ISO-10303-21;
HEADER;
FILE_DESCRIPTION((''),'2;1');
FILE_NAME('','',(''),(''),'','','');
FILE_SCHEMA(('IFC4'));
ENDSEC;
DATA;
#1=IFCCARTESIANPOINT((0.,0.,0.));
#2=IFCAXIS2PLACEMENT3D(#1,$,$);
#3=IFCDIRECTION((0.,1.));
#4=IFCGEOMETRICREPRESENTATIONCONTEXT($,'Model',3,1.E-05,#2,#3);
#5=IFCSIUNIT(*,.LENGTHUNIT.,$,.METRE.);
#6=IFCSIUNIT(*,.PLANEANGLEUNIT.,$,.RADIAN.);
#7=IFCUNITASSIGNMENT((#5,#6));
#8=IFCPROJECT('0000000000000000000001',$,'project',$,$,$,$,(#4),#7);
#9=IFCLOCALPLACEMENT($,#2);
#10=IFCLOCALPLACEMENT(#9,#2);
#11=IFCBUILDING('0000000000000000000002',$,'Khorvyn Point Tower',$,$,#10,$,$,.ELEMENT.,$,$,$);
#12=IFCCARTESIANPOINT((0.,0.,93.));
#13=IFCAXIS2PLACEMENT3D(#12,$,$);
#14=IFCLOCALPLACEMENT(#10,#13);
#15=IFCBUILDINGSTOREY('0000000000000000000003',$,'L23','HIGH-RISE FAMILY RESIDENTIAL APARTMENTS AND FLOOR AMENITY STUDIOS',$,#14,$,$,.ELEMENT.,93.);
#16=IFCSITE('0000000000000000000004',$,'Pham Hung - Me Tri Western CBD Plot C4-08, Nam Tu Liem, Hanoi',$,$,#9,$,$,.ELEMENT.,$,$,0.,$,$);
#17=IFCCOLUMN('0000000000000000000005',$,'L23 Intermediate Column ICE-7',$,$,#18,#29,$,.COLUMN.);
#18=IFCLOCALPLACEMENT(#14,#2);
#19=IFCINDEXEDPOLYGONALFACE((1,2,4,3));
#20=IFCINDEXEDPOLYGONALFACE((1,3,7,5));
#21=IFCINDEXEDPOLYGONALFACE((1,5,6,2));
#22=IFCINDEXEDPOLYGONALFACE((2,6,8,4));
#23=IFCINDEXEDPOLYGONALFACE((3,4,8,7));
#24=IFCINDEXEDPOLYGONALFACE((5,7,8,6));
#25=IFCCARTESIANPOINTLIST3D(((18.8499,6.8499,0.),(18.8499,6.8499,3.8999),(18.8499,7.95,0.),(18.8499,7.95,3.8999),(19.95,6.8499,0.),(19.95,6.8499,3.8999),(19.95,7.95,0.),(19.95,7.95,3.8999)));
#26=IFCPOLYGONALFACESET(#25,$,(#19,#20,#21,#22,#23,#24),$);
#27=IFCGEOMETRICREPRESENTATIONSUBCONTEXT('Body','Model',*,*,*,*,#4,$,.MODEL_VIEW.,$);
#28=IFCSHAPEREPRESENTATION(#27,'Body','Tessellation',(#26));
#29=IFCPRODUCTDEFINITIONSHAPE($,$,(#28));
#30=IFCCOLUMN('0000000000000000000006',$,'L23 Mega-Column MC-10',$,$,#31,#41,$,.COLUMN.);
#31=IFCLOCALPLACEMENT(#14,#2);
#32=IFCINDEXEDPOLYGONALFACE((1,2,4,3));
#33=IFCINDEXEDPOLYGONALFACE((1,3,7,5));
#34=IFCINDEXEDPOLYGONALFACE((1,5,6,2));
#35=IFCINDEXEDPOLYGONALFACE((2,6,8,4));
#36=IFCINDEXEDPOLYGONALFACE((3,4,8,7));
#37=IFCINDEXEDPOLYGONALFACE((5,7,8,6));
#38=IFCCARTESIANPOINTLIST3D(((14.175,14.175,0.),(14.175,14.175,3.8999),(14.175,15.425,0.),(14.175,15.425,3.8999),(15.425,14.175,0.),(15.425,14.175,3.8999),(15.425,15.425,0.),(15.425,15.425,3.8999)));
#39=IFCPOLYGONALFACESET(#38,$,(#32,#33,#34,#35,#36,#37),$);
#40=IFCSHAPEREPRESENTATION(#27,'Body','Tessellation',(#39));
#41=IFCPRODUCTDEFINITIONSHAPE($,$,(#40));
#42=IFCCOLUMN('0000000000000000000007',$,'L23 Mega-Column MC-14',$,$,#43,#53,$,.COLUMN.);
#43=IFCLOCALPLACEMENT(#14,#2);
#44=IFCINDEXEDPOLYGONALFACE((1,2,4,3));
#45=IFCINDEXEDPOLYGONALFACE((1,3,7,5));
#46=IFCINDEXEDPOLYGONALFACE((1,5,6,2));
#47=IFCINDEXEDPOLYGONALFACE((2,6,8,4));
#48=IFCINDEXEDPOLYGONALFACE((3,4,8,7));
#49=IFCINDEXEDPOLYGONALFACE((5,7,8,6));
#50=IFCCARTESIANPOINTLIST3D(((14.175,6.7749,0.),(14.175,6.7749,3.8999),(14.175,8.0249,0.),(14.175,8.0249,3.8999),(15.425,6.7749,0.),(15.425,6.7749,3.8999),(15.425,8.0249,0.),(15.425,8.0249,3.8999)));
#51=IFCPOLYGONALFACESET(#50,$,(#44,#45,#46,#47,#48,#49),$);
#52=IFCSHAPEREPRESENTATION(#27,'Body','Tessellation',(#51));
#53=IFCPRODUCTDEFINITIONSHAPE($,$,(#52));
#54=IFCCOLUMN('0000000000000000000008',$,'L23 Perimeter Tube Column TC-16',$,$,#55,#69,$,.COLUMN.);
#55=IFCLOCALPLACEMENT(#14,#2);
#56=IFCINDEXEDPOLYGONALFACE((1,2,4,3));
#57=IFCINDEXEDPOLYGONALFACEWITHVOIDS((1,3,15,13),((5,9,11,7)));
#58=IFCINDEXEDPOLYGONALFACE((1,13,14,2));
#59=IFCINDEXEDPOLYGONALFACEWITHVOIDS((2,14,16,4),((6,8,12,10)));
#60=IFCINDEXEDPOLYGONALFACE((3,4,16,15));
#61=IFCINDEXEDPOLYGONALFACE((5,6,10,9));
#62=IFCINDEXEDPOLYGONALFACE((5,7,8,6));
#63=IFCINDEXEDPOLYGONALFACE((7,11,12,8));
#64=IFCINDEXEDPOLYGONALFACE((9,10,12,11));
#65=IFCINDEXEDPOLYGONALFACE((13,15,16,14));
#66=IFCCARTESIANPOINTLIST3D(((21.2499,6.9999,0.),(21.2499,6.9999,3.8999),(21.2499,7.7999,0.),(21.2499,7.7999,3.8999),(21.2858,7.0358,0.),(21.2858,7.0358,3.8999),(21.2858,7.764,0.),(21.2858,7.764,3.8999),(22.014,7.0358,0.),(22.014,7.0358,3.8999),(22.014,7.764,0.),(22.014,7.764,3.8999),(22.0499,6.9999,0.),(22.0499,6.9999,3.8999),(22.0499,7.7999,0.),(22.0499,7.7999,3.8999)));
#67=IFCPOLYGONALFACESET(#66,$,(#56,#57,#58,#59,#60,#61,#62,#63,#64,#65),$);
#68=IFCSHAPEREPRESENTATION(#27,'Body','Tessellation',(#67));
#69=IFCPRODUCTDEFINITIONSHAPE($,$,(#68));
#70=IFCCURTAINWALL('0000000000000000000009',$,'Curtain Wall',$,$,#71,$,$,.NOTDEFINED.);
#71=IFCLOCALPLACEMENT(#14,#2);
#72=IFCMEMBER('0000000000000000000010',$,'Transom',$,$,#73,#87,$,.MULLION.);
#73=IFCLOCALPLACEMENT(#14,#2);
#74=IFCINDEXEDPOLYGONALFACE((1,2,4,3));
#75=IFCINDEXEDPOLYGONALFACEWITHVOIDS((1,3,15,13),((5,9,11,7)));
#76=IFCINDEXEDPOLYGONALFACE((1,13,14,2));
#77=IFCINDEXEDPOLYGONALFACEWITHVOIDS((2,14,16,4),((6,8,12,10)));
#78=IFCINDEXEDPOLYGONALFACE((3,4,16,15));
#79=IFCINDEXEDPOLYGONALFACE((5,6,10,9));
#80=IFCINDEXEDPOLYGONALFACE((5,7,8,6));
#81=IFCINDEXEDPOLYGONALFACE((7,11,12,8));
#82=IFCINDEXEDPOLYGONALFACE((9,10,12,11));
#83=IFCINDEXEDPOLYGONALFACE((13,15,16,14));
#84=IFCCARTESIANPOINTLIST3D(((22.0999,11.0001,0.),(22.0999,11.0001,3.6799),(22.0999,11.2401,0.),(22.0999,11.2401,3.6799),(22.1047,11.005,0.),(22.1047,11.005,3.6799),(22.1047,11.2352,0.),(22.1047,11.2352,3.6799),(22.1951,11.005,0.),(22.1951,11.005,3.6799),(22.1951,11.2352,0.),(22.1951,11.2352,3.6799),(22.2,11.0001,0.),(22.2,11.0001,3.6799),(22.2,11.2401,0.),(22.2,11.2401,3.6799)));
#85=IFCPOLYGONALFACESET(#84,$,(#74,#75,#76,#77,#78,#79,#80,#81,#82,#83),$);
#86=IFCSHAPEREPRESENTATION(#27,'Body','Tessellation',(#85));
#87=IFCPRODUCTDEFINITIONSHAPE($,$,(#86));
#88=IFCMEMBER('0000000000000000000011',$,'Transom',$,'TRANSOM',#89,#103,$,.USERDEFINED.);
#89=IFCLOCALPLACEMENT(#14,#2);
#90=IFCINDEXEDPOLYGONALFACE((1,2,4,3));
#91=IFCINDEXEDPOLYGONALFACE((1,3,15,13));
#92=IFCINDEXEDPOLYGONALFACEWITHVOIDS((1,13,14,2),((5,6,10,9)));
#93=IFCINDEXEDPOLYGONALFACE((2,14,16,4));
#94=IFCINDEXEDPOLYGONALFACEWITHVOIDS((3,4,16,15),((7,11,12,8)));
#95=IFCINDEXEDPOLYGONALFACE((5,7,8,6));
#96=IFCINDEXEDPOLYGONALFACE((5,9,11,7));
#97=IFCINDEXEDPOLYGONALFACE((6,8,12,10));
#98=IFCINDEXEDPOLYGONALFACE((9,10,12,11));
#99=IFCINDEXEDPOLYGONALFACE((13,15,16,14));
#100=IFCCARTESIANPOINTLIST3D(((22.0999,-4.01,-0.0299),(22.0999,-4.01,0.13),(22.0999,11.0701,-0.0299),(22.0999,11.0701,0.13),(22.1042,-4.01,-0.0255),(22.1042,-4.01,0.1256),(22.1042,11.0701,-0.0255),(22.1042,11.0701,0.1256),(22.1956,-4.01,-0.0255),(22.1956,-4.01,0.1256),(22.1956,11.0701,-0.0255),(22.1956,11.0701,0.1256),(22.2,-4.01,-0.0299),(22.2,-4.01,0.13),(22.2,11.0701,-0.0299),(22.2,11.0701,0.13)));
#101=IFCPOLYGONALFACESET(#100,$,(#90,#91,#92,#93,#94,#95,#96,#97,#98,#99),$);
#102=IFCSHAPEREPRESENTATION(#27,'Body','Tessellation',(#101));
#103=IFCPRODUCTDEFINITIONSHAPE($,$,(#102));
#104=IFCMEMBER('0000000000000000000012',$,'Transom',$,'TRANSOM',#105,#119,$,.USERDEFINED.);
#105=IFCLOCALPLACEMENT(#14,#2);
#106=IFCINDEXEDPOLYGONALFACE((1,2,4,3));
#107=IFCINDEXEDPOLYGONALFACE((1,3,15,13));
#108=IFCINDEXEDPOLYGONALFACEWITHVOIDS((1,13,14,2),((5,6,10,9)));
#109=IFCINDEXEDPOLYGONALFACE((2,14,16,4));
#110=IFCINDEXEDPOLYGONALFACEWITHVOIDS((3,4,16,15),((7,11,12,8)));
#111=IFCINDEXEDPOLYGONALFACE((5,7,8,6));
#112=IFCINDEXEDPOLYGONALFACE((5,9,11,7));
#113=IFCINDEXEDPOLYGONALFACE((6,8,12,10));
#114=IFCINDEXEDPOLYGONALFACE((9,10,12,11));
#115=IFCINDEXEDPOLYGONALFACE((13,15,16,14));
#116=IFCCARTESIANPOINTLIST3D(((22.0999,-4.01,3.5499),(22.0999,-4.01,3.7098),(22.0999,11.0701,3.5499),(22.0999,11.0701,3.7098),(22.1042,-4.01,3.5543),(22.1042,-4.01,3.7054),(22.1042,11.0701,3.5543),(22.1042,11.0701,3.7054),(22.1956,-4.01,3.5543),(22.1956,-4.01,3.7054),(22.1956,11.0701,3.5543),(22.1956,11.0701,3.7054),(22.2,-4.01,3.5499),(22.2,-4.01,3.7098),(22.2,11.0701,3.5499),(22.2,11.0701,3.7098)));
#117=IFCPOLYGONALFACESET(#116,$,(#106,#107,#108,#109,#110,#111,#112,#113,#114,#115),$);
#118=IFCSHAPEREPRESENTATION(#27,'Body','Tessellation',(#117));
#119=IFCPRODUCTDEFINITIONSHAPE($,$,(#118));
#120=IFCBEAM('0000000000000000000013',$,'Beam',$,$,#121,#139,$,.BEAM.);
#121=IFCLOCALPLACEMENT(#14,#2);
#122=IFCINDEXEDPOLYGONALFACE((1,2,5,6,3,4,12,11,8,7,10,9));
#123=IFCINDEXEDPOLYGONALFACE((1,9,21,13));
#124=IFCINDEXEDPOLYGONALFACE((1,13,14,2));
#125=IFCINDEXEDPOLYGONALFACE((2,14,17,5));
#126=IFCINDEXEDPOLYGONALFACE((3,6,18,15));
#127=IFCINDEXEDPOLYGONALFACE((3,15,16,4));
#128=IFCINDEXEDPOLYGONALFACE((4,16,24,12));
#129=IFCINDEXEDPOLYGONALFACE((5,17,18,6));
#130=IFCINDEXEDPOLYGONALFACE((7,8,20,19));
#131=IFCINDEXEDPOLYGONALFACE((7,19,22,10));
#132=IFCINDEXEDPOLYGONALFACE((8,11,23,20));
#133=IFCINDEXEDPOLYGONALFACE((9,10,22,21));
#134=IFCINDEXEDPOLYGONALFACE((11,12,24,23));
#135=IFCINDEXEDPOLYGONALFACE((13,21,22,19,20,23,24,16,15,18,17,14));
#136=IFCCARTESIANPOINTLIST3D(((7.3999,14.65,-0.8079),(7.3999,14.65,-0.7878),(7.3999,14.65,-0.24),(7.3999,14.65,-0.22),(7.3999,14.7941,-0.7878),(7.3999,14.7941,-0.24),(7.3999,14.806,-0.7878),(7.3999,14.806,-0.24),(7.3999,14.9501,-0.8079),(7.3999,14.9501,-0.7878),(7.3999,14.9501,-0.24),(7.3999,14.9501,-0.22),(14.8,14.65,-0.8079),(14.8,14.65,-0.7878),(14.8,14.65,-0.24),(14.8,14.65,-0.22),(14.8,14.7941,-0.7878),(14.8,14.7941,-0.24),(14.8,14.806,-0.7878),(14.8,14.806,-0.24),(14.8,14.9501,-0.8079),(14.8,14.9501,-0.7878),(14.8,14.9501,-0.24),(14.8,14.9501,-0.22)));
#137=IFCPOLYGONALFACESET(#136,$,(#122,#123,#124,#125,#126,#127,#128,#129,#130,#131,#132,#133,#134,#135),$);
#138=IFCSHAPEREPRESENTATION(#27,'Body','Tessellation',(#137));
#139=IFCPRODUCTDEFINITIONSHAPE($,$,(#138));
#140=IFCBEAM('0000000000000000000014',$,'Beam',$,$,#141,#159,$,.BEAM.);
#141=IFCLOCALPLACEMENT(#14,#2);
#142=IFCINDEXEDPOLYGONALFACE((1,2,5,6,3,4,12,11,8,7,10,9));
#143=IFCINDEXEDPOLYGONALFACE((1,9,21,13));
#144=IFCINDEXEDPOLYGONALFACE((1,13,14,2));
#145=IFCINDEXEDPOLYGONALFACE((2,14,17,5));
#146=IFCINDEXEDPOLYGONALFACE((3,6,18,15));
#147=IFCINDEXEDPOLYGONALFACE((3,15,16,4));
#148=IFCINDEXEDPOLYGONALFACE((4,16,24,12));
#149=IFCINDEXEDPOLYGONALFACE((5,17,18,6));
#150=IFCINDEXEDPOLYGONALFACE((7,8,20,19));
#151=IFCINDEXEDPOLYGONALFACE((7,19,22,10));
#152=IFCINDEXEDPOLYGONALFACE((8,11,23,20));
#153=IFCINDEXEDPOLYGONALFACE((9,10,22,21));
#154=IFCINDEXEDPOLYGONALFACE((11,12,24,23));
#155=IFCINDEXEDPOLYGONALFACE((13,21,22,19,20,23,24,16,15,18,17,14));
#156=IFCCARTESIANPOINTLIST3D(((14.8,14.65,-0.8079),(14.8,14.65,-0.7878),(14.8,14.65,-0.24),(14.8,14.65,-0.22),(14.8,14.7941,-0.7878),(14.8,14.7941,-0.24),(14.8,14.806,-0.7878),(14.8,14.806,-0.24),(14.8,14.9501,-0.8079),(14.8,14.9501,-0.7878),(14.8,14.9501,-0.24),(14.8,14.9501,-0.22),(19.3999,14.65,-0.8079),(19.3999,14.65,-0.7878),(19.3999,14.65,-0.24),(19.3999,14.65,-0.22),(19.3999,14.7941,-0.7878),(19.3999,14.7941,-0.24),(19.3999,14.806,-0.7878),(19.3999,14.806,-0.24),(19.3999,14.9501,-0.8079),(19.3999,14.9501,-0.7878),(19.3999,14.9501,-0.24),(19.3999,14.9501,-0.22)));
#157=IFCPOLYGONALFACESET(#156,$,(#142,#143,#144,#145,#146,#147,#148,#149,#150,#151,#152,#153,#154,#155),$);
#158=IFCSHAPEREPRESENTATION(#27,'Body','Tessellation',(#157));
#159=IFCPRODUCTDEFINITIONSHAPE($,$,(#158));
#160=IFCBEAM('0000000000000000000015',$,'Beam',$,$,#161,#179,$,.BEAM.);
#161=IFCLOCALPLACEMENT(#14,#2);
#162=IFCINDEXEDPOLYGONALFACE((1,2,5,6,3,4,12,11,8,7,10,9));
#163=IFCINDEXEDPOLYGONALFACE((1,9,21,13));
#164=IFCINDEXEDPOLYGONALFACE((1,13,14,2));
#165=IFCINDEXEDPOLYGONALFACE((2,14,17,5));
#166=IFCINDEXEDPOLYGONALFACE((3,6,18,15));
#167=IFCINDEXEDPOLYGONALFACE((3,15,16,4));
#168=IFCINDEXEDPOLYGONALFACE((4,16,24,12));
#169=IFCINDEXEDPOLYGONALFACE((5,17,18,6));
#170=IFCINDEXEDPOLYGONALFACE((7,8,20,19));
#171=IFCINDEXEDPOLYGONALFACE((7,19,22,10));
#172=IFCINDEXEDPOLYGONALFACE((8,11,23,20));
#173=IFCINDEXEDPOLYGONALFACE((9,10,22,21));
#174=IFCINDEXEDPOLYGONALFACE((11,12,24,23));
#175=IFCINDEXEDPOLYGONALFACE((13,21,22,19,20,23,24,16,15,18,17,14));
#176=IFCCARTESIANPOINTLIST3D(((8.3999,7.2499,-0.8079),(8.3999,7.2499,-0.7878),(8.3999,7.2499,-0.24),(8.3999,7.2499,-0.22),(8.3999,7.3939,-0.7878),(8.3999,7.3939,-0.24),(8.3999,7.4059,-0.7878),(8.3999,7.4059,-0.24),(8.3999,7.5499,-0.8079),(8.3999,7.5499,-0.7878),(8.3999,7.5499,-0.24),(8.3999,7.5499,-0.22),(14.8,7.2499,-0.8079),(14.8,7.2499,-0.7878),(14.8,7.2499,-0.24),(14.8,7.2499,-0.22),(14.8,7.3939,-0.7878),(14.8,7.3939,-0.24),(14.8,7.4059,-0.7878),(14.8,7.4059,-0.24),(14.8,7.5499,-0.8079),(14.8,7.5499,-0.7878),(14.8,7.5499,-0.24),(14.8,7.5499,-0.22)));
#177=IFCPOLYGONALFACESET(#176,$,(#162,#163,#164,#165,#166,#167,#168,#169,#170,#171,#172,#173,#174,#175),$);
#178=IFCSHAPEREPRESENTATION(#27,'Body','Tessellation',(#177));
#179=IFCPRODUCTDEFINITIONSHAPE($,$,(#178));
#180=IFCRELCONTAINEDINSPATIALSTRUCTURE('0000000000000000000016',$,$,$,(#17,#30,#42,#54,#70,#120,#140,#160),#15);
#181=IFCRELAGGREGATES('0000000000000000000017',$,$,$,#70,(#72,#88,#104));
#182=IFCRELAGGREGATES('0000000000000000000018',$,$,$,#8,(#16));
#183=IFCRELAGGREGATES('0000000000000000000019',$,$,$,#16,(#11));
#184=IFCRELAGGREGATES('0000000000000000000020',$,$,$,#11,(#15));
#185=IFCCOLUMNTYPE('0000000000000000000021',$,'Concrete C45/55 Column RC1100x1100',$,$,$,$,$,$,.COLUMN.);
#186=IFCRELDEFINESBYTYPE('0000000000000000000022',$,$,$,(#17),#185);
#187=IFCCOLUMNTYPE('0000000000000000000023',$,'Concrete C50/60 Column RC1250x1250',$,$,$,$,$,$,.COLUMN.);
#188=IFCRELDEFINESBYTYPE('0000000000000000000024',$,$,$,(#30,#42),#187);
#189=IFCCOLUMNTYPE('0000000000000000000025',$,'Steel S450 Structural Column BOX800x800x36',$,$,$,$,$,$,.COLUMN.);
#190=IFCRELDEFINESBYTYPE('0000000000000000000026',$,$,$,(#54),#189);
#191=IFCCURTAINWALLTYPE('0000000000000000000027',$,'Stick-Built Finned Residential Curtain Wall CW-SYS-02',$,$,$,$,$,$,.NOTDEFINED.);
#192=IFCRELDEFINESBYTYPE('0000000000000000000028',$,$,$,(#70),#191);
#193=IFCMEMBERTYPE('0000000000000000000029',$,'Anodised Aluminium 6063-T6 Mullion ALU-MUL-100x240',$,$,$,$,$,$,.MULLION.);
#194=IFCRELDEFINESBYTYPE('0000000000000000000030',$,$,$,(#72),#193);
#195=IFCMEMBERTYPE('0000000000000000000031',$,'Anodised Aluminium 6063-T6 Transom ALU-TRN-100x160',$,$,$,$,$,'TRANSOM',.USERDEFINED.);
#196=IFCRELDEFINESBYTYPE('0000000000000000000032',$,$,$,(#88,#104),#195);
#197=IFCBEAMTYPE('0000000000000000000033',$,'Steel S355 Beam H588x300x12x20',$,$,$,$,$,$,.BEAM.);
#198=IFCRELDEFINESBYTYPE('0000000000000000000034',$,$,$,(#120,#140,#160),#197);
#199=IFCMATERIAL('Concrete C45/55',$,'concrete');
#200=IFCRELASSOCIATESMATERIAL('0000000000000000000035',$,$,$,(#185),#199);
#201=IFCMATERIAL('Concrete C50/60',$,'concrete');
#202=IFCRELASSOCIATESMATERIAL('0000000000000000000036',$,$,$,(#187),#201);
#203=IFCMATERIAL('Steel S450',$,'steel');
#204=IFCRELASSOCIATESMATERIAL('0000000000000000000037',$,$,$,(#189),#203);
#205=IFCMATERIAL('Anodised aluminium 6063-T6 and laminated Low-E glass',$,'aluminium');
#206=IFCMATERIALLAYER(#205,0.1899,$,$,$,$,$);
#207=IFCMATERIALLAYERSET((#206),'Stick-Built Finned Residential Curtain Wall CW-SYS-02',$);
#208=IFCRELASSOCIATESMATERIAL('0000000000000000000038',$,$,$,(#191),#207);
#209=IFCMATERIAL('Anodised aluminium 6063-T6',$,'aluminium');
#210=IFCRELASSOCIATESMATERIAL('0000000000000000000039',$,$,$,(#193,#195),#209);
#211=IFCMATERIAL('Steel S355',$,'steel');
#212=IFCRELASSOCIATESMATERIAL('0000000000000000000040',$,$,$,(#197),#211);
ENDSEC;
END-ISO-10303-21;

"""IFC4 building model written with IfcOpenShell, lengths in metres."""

from ifc_helpers import new_model, si_unit, direction, frame, origin, origin_2d, place, context, subcontext, project, spatial, rectangle, hollow_rectangle, i_section, extrude, material, layer, layer_set, material_profile, profile_set, type_object, element, aggregate, save


model = new_model("IFC4")

# Units and contexts
model_context = context("Model", 3, precision=1e-05, world=origin(), true_north=direction((0.0, 1.0)))
body_context = subcontext(model_context, "Body", "Model", "MODEL_VIEW")
ifc_project = project(units=[si_unit("LENGTHUNIT", "METRE"), si_unit("PLANEANGLEUNIT", "RADIAN")], contexts=[model_context])

# Site, building, storey
site_placement = place(None, origin())
site = spatial("IfcSite", under=ifc_project, at=site_placement, Name="Pham Hung - Me Tri Western CBD Plot C4-08, Nam Tu Liem, Hanoi", CompositionType="ELEMENT", RefElevation=0.0)
building_placement = place(site_placement, origin())
building = spatial("IfcBuilding", under=site, at=building_placement, Name="Khorvyn Point Tower", CompositionType="ELEMENT")
storey_placement = place(building_placement, frame((0.0, 0.0, 93.0)))
storey = spatial("IfcBuildingStorey", under=building, at=storey_placement, Name="L23", Description="HIGH-RISE FAMILY RESIDENTIAL APARTMENTS AND FLOOR AMENITY STUDIOS", CompositionType="ELEMENT", Elevation=93.0)

# Columns
ifc_material_1 = material(Name="Concrete C45/55", Category="concrete")
ifc_material_profile_1 = material_profile(ifc_material_1, rectangle(XDim=1.1001, YDim=1.1001, at=origin_2d()))
ifc_profile_set_1 = profile_set([ifc_material_profile_1], Name="Concrete C45/55 RC1100x1100")
column_type_1 = type_object("IfcColumnType", Name="Concrete C45/55 Column RC1100x1100", PredefinedType="COLUMN", material=ifc_profile_set_1)
column_1_placement = place(storey_placement, frame((19.3999, 7.3999, 0.0), z_axis=(0.0, 0.0, 1.0), x_axis=(1.0, 0.0, 0.0)))
element("IfcColumn", 1, at=column_1_placement, inside=storey, type_object=column_type_1, Name="L23 Intermediate Column ICE-7", PredefinedType="COLUMN", context=body_context, shape_type="SweptSolid", body=[
    extrude(rectangle(XDim=1.1001, YDim=1.1001, at=origin_2d()), origin(), (0.0, 0.0, 1.0), 3.8999),
])
ifc_material_2 = material(Name="Concrete C50/60", Category="concrete")
ifc_material_profile_2 = material_profile(ifc_material_2, rectangle(XDim=1.25, YDim=1.25, at=origin_2d()))
ifc_profile_set_2 = profile_set([ifc_material_profile_2], Name="Concrete C50/60 RC1250x1250")
column_type_2 = type_object("IfcColumnType", Name="Concrete C50/60 Column RC1250x1250", PredefinedType="COLUMN", material=ifc_profile_set_2)
for number, where, z_axis, x_axis, name in (
    (2, (14.8, 14.8, 0.0), (0.0, 0.0, 1.0), (1.0, 0.0, 0.0), "L23 Mega-Column MC-10"),
    (3, (14.8, 7.3999, 0.0), (0.0, 0.0, 1.0), (1.0, 0.0, 0.0), "L23 Mega-Column MC-14"),
):
    element("IfcColumn", number, at=place(storey_placement, frame(where, z_axis=z_axis, x_axis=x_axis)), inside=storey, type_object=column_type_2, Name=name, PredefinedType="COLUMN", context=body_context, shape_type="SweptSolid", body=[
        extrude(rectangle(XDim=1.25, YDim=1.25, at=origin_2d()), origin(), (0.0, 0.0, 1.0), 3.8999),
    ])
ifc_material_3 = material(Name="Steel S450", Category="steel")
ifc_material_profile_3 = material_profile(ifc_material_3, hollow_rectangle(XDim=0.8, YDim=0.8, WallThickness=0.0359, at=origin_2d()))
ifc_profile_set_3 = profile_set([ifc_material_profile_3], Name="Steel S450 BOX800x800x36")
column_type_3 = type_object("IfcColumnType", Name="Steel S450 Structural Column BOX800x800x36", PredefinedType="COLUMN", material=ifc_profile_set_3)
column_2_placement = place(storey_placement, frame((21.6499, 7.3999, 0.0), z_axis=(0.0, 0.0, 1.0), x_axis=(1.0, 0.0, 0.0)))
element("IfcColumn", 4, at=column_2_placement, inside=storey, type_object=column_type_3, Name="L23 Perimeter Tube Column TC-16", PredefinedType="COLUMN", context=body_context, shape_type="SweptSolid", body=[
    extrude(hollow_rectangle(XDim=0.8, YDim=0.8, WallThickness=0.0359, at=origin_2d()), origin(), (0.0, 0.0, 1.0), 3.8999),
])

# Curtain wall, members
ifc_material_4 = material(Name="Anodised aluminium 6063-T6 and laminated Low-E glass", Category="aluminium")
ifc_layer_1 = layer(ifc_material_4, 0.1899)
ifc_layer_set_1 = layer_set([ifc_layer_1], Name="Stick-Built Finned Residential Curtain Wall CW-SYS-02")
curtain_wall_type = type_object("IfcCurtainWallType", Name="Stick-Built Finned Residential Curtain Wall CW-SYS-02", PredefinedType="NOTDEFINED", material=ifc_layer_set_1)
curtain_wall_placement = place(storey_placement, origin())
curtain_wall = element("IfcCurtainWall", 5, at=curtain_wall_placement, inside=storey, type_object=curtain_wall_type, Name="Curtain Wall", PredefinedType="NOTDEFINED")
ifc_material_5 = material(Name="Anodised aluminium 6063-T6", Category="aluminium")
ifc_material_profile_4 = material_profile(ifc_material_5, hollow_rectangle(XDim=0.1001, YDim=0.24, WallThickness=0.0049, at=origin_2d()))
ifc_profile_set_4 = profile_set([ifc_material_profile_4], Name="Anodised aluminium 6063-T6 ALU-MUL-100x240")
member_type_1 = type_object("IfcMemberType", Name="Anodised Aluminium 6063-T6 Mullion ALU-MUL-100x240", PredefinedType="MULLION", material=ifc_profile_set_4)
member_1_placement = place(storey_placement, frame((22.1499, 11.1201, 0.0), z_axis=(0.0, 0.0, 1.0), x_axis=(1.0, 0.0, 0.0)))
member_1 = element("IfcMember", 6, at=member_1_placement, type_object=member_type_1, Name="Transom", PredefinedType="MULLION", context=body_context, shape_type="SweptSolid", body=[
    extrude(hollow_rectangle(XDim=0.1001, YDim=0.24, WallThickness=0.0049, at=origin_2d()), origin(), (0.0, 0.0, 1.0), 3.6799),
])
ifc_material_profile_5 = material_profile(ifc_material_5, hollow_rectangle(XDim=0.1001, YDim=0.1599, WallThickness=0.0044, at=origin_2d()))
ifc_profile_set_5 = profile_set([ifc_material_profile_5], Name="Anodised aluminium 6063-T6 ALU-TRN-100x160")
member_type_2 = type_object("IfcMemberType", Name="Anodised Aluminium 6063-T6 Transom ALU-TRN-100x160", ElementType="TRANSOM", PredefinedType="USERDEFINED", material=ifc_profile_set_5)
member_2_placement = place(storey_placement, frame((22.1499, 11.0701, 0.05), z_axis=(0.0, -1.0, 0.0), x_axis=(1.0, 0.0, 0.0)))
member_2 = element("IfcMember", 7, at=member_2_placement, type_object=member_type_2, Name="Transom", ObjectType="TRANSOM", PredefinedType="USERDEFINED", context=body_context, shape_type="SweptSolid", body=[
    extrude(hollow_rectangle(XDim=0.1001, YDim=0.1599, WallThickness=0.0044, at=origin_2d()), origin(), (0.0, 0.0, 1.0), 15.0801),
])
member_3_placement = place(storey_placement, frame((22.1499, 11.0701, 3.6299), z_axis=(0.0, -1.0, 0.0), x_axis=(1.0, 0.0, 0.0)))
member_3 = element("IfcMember", 8, at=member_3_placement, type_object=member_type_2, Name="Transom", ObjectType="TRANSOM", PredefinedType="USERDEFINED", context=body_context, shape_type="SweptSolid", body=[
    extrude(hollow_rectangle(XDim=0.1001, YDim=0.1599, WallThickness=0.0044, at=origin_2d()), origin(), (0.0, 0.0, 1.0), 15.0801),
])
aggregate(curtain_wall, [member_1, member_2, member_3])

# Beams
ifc_material_6 = material(Name="Steel S355", Category="steel")
ifc_material_profile_6 = material_profile(ifc_material_6, i_section(OverallWidth=0.3, OverallDepth=0.5879, WebThickness=0.012, FlangeThickness=0.02, at=origin_2d()))
ifc_profile_set_6 = profile_set([ifc_material_profile_6], Name="Steel S355 H588x300x12x20")
beam_type_1 = type_object("IfcBeamType", Name="Steel S355 Beam H588x300x12x20", PredefinedType="BEAM", material=ifc_profile_set_6)
beam_1_placement = place(storey_placement, frame((7.3999, 14.8, -0.5139), z_axis=(1.0, 0.0, 0.0), x_axis=(0.0, 1.0, 0.0)))
element("IfcBeam", 9, at=beam_1_placement, inside=storey, type_object=beam_type_1, Name="Beam", PredefinedType="BEAM", context=body_context, shape_type="SweptSolid", body=[
    extrude(i_section(OverallWidth=0.3, OverallDepth=0.5879, WebThickness=0.012, FlangeThickness=0.02, at=origin_2d()), origin(), (0.0, 0.0, 1.0), 7.4001),
])
beam_2_placement = place(storey_placement, frame((14.8, 14.8, -0.5139), z_axis=(1.0, 0.0, 0.0), x_axis=(0.0, 1.0, 0.0)))
element("IfcBeam", 10, at=beam_2_placement, inside=storey, type_object=beam_type_1, Name="Beam", PredefinedType="BEAM", context=body_context, shape_type="SweptSolid", body=[
    extrude(i_section(OverallWidth=0.3, OverallDepth=0.5879, WebThickness=0.012, FlangeThickness=0.02, at=origin_2d()), origin(), (0.0, 0.0, 1.0), 4.5999),
])
beam_3_placement = place(storey_placement, frame((8.3999, 7.3999, -0.5139), z_axis=(1.0, 0.0, 0.0), x_axis=(0.0, 1.0, 0.0)))
element("IfcBeam", 11, at=beam_3_placement, inside=storey, type_object=beam_type_1, Name="Beam", PredefinedType="BEAM", context=body_context, shape_type="SweptSolid", body=[
    extrude(i_section(OverallWidth=0.3, OverallDepth=0.5879, WebThickness=0.012, FlangeThickness=0.02, at=origin_2d()), origin(), (0.0, 0.0, 1.0), 6.4001),
])

save(model, "model.ifc")
